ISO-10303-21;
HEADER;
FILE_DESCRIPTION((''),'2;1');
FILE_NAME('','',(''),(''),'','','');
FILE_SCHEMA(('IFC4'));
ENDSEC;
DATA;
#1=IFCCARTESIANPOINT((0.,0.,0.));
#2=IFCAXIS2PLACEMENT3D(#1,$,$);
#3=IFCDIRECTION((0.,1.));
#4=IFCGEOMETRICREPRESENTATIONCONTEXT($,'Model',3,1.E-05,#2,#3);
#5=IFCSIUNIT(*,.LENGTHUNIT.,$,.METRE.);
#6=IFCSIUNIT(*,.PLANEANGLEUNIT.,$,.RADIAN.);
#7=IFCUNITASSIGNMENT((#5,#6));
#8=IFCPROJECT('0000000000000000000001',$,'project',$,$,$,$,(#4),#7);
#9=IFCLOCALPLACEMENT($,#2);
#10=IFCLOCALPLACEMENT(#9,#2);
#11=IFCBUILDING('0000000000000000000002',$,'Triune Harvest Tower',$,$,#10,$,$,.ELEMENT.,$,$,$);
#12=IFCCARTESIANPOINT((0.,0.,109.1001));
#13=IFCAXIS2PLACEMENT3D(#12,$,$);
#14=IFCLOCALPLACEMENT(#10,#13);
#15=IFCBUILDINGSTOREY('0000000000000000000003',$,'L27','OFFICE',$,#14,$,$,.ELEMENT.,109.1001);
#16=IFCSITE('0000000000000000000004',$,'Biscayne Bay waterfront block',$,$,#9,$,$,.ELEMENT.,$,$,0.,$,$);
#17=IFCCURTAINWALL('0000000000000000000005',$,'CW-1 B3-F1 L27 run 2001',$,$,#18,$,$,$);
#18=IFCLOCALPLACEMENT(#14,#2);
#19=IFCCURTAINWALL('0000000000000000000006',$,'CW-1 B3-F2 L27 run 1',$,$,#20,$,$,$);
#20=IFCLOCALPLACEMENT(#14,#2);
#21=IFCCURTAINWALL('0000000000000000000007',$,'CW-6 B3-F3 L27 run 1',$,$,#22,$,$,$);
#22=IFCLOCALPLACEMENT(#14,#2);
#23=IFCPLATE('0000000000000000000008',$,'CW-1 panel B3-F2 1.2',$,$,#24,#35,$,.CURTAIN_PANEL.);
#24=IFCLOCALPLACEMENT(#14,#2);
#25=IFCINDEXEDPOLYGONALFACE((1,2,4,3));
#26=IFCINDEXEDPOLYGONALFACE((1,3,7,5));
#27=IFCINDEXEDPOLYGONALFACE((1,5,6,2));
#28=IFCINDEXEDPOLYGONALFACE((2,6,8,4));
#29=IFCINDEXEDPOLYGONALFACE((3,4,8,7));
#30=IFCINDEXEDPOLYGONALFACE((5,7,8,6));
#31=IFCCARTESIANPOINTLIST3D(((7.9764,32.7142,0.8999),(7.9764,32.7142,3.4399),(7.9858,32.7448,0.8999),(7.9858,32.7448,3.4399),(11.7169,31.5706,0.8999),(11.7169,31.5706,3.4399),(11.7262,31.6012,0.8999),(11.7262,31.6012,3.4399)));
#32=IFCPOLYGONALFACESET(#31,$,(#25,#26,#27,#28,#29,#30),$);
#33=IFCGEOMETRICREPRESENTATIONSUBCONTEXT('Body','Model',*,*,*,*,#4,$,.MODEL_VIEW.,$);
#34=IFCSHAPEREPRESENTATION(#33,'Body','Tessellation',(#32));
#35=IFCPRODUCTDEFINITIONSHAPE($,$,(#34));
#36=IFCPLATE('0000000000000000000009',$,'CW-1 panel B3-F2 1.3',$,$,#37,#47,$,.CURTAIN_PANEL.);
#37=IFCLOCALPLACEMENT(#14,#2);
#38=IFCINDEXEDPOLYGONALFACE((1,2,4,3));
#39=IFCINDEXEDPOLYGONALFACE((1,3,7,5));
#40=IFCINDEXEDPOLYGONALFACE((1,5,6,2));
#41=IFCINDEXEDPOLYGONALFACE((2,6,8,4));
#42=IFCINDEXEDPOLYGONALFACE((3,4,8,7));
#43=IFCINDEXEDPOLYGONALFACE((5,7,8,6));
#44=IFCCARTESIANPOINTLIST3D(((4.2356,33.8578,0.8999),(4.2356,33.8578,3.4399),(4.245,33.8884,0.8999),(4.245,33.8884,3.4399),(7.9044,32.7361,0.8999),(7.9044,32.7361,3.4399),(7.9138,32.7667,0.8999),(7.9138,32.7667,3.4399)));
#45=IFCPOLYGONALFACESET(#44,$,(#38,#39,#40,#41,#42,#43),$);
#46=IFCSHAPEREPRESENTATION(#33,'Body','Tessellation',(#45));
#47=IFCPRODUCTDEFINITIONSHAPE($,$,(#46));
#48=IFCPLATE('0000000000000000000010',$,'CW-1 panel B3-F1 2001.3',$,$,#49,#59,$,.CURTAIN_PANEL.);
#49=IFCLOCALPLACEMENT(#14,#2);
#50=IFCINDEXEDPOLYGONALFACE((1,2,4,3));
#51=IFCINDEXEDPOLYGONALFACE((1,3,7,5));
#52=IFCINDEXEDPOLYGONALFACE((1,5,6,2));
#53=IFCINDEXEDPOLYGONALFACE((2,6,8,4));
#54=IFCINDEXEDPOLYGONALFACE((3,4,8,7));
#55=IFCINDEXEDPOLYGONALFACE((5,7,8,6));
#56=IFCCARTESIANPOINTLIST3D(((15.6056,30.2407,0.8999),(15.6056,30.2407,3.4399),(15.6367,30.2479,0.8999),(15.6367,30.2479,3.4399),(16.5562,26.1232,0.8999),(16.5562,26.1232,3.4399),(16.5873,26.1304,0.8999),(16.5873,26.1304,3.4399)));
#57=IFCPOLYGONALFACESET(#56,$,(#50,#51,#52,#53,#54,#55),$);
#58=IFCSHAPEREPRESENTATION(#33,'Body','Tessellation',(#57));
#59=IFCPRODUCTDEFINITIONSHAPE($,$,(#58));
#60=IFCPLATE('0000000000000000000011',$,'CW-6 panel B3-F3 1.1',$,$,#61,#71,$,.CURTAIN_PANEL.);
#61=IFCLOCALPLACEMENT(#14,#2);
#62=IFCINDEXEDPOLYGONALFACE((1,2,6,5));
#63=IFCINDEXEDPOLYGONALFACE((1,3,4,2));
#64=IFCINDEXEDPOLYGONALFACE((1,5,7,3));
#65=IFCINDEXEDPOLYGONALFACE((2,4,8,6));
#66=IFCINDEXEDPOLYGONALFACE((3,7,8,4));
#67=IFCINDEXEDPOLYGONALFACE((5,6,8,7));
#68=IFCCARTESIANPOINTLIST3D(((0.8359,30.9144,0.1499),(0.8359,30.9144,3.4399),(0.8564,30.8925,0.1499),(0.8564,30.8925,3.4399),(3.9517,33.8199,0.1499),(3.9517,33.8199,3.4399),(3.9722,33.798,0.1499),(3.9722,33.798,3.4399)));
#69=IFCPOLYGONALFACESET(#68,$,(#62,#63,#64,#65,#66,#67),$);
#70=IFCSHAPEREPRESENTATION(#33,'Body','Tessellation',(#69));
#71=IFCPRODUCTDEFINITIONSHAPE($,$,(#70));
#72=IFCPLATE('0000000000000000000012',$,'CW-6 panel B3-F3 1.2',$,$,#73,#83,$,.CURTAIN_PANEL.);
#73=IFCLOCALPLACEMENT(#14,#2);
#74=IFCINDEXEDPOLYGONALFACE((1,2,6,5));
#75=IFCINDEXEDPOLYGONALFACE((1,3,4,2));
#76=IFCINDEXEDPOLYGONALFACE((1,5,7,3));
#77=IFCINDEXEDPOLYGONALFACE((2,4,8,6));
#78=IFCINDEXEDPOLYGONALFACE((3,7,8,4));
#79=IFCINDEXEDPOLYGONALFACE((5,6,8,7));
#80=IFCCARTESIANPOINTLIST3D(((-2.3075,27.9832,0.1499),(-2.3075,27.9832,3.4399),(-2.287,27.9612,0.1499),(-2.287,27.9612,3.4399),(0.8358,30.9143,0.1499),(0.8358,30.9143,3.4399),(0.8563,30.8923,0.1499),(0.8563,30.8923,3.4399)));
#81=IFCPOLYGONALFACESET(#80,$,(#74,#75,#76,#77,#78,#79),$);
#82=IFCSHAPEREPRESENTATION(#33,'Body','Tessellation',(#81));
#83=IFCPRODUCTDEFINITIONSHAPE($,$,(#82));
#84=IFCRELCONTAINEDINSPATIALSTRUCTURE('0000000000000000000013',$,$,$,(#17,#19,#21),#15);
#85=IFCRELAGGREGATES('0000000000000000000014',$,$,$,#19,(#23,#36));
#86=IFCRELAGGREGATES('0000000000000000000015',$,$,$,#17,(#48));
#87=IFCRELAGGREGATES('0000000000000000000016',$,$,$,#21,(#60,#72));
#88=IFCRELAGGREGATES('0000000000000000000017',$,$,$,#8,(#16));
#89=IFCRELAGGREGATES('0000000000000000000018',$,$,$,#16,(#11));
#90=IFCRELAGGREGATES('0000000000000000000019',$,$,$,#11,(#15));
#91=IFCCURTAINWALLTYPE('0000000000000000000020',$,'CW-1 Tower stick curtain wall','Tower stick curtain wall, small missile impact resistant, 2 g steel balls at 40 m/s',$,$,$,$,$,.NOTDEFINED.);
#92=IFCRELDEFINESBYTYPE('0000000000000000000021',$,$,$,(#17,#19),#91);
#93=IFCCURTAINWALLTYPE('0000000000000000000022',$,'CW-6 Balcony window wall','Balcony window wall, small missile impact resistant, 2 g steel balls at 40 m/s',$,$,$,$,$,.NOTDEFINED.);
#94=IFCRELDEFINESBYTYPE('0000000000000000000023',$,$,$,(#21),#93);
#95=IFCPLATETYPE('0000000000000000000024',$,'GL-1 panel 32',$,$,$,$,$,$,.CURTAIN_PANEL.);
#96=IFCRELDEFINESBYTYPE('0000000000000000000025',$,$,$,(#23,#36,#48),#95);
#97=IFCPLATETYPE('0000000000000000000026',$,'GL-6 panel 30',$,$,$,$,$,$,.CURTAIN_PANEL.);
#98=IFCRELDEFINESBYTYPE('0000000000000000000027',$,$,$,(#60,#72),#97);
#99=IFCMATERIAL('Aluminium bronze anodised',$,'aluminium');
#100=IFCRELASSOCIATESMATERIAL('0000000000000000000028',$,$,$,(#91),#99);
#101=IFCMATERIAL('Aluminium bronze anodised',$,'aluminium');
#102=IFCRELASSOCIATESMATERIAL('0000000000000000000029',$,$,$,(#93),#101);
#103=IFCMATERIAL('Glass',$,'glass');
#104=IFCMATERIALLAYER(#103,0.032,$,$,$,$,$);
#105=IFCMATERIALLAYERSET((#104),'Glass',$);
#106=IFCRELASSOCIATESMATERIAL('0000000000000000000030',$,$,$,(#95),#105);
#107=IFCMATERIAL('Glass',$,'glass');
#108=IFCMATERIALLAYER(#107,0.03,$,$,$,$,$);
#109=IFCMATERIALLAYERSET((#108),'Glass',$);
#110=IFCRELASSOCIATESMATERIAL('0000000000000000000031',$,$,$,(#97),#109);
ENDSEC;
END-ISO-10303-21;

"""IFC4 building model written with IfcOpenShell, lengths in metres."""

from ifc_helpers import new_model, si_unit, direction, frame, origin, origin_2d, place, context, subcontext, project, spatial, rectangle, extrude, source, transform, mapped, material, layer, layer_set, type_object, element, aggregate, save


model = new_model("IFC4")

# Units and contexts
model_context = context("Model", 3, precision=1e-05, world=origin(), true_north=direction((0.0, 1.0)))
body_context = subcontext(model_context, "Body", "Model", "MODEL_VIEW")
ifc_project = project(units=[si_unit("LENGTHUNIT", "METRE"), si_unit("PLANEANGLEUNIT", "RADIAN")], contexts=[model_context])

# Site, building, storey
site_placement = place(None, origin())
site = spatial("IfcSite", under=ifc_project, at=site_placement, Name="Biscayne Bay waterfront block", CompositionType="ELEMENT", RefElevation=0.0)
building_placement = place(site_placement, origin())
building = spatial("IfcBuilding", under=site, at=building_placement, Name="Triune Harvest Tower", CompositionType="ELEMENT")
storey_placement = place(building_placement, frame((0.0, 0.0, 109.1001)))
storey = spatial("IfcBuildingStorey", under=building, at=storey_placement, Name="L27", Description="OFFICE", CompositionType="ELEMENT", Elevation=109.1001)

# Curtain wall
ifc_material_1 = material(Name="Aluminium bronze anodised", Category="aluminium")
curtain_wall_type_1 = type_object("IfcCurtainWallType", Name="CW-1 Tower stick curtain wall", Description="Tower stick curtain wall, small missile impact resistant, 2 g steel balls at 40 m/s", PredefinedType="NOTDEFINED", material=ifc_material_1)
curtain_wall_1_placement = place(storey_placement, origin())
curtain_wall_1 = element("IfcCurtainWall", 1, at=curtain_wall_1_placement, inside=storey, type_object=curtain_wall_type_1, Name="CW-1 B3-F1 L27 run 2001")

# Curtain wall
curtain_wall_2_placement = place(storey_placement, origin())
curtain_wall_2 = element("IfcCurtainWall", 2, at=curtain_wall_2_placement, inside=storey, type_object=curtain_wall_type_1, Name="CW-1 B3-F2 L27 run 1")

# Curtain wall
ifc_material_2 = material(Name="Aluminium bronze anodised", Category="aluminium")
curtain_wall_type_2 = type_object("IfcCurtainWallType", Name="CW-6 Balcony window wall", Description="Balcony window wall, small missile impact resistant, 2 g steel balls at 40 m/s", PredefinedType="NOTDEFINED", material=ifc_material_2)
curtain_wall_3_placement = place(storey_placement, origin())
curtain_wall_3 = element("IfcCurtainWall", 3, at=curtain_wall_3_placement, inside=storey, type_object=curtain_wall_type_2, Name="CW-6 B3-F3 L27 run 1")

# Plates
ifc_material_3 = material(Name="Glass", Category="glass")
ifc_layer_1 = layer(ifc_material_3, 0.032)
ifc_layer_set_1 = layer_set([ifc_layer_1], Name="Glass")
plate_type_1 = type_object("IfcPlateType", Name="GL-1 panel 32", PredefinedType="CURTAIN_PANEL", material=ifc_layer_set_1)
shared_shape_1 = source(origin(), body_context, "Body", "SweptSolid", [
    extrude(rectangle(XDim=3.9114, YDim=0.032, at=origin_2d()), origin(), (0.0, 0.0, 1.0), 2.54),
])
plate_1_placement = place(storey_placement, frame((9.8513, 32.1577, 0.8999), z_axis=(0.0, 0.0, 1.0), x_axis=(-0.956303, 0.292377, 0.0)))
plate_1 = element("IfcPlate", 4, at=plate_1_placement, type_object=plate_type_1, Name="CW-1 panel B3-F2 1.2", PredefinedType="CURTAIN_PANEL", context=body_context, shape_type="MappedRepresentation", body=[
    mapped(shared_shape_1, transform((0.0, 0.0, 0.0), scale=1.0)),
])
shared_shape_2 = source(origin(), body_context, "Body", "SweptSolid", [
    extrude(rectangle(XDim=3.8364, YDim=0.032, at=origin_2d()), origin(), (0.0, 0.0, 1.0), 2.54),
])
plate_2_placement = place(storey_placement, frame((6.0747, 33.3123, 0.8999), z_axis=(0.0, 0.0, 1.0), x_axis=(-0.956303, 0.292377, 0.0)))
plate_2 = element("IfcPlate", 5, at=plate_2_placement, type_object=plate_type_1, Name="CW-1 panel B3-F2 1.3", PredefinedType="CURTAIN_PANEL", context=body_context, shape_type="MappedRepresentation", body=[
    mapped(shared_shape_2, transform((0.0, 0.0, 0.0), scale=1.0)),
])
aggregate(curtain_wall_2, [plate_1, plate_2])
shared_shape_3 = source(origin(), body_context, "Body", "SweptSolid", [
    extrude(rectangle(XDim=4.2258, YDim=0.032, at=origin_2d()), origin(), (0.0, 0.0, 1.0), 2.54),
])
plate_3_placement = place(storey_placement, frame((16.0964, 28.1855, 0.8999), z_axis=(0.0, 0.0, 1.0), x_axis=(-0.224951, 0.97437, 0.0)))
plate_3 = element("IfcPlate", 6, at=plate_3_placement, type_object=plate_type_1, Name="CW-1 panel B3-F1 2001.3", PredefinedType="CURTAIN_PANEL", context=body_context, shape_type="MappedRepresentation", body=[
    mapped(shared_shape_3, transform((0.0, 0.0, 0.0), scale=1.0)),
])
aggregate(curtain_wall_1, [plate_3])
ifc_material_4 = material(Name="Glass", Category="glass")
ifc_layer_2 = layer(ifc_material_4, 0.03)
ifc_layer_set_2 = layer_set([ifc_layer_2], Name="Glass")
plate_type_2 = type_object("IfcPlateType", Name="GL-6 panel 30", PredefinedType="CURTAIN_PANEL", material=ifc_layer_set_2)
shared_shape_4 = source(origin(), body_context, "Body", "SweptSolid", [
    extrude(rectangle(XDim=4.2603, YDim=0.03, at=origin_2d()), origin(), (0.0, 0.0, 1.0), 3.29),
])
plate_4_placement = place(storey_placement, frame((2.4041, 32.3562, 0.1499), z_axis=(0.0, 0.0, 1.0), x_axis=(-0.731355, -0.681997, 0.0)))
plate_4 = element("IfcPlate", 7, at=plate_4_placement, type_object=plate_type_2, Name="CW-6 panel B3-F3 1.1", PredefinedType="CURTAIN_PANEL", context=body_context, shape_type="MappedRepresentation", body=[
    mapped(shared_shape_4, transform((0.0, 0.0, 0.0), scale=1.0)),
])
shared_shape_5 = source(origin(), body_context, "Body", "SweptSolid", [
    extrude(rectangle(XDim=4.2979, YDim=0.03, at=origin_2d()), origin(), (0.0, 0.0, 1.0), 3.29),
])
plate_5_placement = place(storey_placement, frame((-0.7256, 29.4377, 0.1499), z_axis=(0.0, 0.0, 1.0), x_axis=(-0.731355, -0.681997, 0.0)))
plate_5 = element("IfcPlate", 8, at=plate_5_placement, type_object=plate_type_2, Name="CW-6 panel B3-F3 1.2", PredefinedType="CURTAIN_PANEL", context=body_context, shape_type="MappedRepresentation", body=[
    mapped(shared_shape_5, transform((0.0, 0.0, 0.0), scale=1.0)),
])
aggregate(curtain_wall_3, [plate_4, plate_5])

save(model, "model.ifc")
